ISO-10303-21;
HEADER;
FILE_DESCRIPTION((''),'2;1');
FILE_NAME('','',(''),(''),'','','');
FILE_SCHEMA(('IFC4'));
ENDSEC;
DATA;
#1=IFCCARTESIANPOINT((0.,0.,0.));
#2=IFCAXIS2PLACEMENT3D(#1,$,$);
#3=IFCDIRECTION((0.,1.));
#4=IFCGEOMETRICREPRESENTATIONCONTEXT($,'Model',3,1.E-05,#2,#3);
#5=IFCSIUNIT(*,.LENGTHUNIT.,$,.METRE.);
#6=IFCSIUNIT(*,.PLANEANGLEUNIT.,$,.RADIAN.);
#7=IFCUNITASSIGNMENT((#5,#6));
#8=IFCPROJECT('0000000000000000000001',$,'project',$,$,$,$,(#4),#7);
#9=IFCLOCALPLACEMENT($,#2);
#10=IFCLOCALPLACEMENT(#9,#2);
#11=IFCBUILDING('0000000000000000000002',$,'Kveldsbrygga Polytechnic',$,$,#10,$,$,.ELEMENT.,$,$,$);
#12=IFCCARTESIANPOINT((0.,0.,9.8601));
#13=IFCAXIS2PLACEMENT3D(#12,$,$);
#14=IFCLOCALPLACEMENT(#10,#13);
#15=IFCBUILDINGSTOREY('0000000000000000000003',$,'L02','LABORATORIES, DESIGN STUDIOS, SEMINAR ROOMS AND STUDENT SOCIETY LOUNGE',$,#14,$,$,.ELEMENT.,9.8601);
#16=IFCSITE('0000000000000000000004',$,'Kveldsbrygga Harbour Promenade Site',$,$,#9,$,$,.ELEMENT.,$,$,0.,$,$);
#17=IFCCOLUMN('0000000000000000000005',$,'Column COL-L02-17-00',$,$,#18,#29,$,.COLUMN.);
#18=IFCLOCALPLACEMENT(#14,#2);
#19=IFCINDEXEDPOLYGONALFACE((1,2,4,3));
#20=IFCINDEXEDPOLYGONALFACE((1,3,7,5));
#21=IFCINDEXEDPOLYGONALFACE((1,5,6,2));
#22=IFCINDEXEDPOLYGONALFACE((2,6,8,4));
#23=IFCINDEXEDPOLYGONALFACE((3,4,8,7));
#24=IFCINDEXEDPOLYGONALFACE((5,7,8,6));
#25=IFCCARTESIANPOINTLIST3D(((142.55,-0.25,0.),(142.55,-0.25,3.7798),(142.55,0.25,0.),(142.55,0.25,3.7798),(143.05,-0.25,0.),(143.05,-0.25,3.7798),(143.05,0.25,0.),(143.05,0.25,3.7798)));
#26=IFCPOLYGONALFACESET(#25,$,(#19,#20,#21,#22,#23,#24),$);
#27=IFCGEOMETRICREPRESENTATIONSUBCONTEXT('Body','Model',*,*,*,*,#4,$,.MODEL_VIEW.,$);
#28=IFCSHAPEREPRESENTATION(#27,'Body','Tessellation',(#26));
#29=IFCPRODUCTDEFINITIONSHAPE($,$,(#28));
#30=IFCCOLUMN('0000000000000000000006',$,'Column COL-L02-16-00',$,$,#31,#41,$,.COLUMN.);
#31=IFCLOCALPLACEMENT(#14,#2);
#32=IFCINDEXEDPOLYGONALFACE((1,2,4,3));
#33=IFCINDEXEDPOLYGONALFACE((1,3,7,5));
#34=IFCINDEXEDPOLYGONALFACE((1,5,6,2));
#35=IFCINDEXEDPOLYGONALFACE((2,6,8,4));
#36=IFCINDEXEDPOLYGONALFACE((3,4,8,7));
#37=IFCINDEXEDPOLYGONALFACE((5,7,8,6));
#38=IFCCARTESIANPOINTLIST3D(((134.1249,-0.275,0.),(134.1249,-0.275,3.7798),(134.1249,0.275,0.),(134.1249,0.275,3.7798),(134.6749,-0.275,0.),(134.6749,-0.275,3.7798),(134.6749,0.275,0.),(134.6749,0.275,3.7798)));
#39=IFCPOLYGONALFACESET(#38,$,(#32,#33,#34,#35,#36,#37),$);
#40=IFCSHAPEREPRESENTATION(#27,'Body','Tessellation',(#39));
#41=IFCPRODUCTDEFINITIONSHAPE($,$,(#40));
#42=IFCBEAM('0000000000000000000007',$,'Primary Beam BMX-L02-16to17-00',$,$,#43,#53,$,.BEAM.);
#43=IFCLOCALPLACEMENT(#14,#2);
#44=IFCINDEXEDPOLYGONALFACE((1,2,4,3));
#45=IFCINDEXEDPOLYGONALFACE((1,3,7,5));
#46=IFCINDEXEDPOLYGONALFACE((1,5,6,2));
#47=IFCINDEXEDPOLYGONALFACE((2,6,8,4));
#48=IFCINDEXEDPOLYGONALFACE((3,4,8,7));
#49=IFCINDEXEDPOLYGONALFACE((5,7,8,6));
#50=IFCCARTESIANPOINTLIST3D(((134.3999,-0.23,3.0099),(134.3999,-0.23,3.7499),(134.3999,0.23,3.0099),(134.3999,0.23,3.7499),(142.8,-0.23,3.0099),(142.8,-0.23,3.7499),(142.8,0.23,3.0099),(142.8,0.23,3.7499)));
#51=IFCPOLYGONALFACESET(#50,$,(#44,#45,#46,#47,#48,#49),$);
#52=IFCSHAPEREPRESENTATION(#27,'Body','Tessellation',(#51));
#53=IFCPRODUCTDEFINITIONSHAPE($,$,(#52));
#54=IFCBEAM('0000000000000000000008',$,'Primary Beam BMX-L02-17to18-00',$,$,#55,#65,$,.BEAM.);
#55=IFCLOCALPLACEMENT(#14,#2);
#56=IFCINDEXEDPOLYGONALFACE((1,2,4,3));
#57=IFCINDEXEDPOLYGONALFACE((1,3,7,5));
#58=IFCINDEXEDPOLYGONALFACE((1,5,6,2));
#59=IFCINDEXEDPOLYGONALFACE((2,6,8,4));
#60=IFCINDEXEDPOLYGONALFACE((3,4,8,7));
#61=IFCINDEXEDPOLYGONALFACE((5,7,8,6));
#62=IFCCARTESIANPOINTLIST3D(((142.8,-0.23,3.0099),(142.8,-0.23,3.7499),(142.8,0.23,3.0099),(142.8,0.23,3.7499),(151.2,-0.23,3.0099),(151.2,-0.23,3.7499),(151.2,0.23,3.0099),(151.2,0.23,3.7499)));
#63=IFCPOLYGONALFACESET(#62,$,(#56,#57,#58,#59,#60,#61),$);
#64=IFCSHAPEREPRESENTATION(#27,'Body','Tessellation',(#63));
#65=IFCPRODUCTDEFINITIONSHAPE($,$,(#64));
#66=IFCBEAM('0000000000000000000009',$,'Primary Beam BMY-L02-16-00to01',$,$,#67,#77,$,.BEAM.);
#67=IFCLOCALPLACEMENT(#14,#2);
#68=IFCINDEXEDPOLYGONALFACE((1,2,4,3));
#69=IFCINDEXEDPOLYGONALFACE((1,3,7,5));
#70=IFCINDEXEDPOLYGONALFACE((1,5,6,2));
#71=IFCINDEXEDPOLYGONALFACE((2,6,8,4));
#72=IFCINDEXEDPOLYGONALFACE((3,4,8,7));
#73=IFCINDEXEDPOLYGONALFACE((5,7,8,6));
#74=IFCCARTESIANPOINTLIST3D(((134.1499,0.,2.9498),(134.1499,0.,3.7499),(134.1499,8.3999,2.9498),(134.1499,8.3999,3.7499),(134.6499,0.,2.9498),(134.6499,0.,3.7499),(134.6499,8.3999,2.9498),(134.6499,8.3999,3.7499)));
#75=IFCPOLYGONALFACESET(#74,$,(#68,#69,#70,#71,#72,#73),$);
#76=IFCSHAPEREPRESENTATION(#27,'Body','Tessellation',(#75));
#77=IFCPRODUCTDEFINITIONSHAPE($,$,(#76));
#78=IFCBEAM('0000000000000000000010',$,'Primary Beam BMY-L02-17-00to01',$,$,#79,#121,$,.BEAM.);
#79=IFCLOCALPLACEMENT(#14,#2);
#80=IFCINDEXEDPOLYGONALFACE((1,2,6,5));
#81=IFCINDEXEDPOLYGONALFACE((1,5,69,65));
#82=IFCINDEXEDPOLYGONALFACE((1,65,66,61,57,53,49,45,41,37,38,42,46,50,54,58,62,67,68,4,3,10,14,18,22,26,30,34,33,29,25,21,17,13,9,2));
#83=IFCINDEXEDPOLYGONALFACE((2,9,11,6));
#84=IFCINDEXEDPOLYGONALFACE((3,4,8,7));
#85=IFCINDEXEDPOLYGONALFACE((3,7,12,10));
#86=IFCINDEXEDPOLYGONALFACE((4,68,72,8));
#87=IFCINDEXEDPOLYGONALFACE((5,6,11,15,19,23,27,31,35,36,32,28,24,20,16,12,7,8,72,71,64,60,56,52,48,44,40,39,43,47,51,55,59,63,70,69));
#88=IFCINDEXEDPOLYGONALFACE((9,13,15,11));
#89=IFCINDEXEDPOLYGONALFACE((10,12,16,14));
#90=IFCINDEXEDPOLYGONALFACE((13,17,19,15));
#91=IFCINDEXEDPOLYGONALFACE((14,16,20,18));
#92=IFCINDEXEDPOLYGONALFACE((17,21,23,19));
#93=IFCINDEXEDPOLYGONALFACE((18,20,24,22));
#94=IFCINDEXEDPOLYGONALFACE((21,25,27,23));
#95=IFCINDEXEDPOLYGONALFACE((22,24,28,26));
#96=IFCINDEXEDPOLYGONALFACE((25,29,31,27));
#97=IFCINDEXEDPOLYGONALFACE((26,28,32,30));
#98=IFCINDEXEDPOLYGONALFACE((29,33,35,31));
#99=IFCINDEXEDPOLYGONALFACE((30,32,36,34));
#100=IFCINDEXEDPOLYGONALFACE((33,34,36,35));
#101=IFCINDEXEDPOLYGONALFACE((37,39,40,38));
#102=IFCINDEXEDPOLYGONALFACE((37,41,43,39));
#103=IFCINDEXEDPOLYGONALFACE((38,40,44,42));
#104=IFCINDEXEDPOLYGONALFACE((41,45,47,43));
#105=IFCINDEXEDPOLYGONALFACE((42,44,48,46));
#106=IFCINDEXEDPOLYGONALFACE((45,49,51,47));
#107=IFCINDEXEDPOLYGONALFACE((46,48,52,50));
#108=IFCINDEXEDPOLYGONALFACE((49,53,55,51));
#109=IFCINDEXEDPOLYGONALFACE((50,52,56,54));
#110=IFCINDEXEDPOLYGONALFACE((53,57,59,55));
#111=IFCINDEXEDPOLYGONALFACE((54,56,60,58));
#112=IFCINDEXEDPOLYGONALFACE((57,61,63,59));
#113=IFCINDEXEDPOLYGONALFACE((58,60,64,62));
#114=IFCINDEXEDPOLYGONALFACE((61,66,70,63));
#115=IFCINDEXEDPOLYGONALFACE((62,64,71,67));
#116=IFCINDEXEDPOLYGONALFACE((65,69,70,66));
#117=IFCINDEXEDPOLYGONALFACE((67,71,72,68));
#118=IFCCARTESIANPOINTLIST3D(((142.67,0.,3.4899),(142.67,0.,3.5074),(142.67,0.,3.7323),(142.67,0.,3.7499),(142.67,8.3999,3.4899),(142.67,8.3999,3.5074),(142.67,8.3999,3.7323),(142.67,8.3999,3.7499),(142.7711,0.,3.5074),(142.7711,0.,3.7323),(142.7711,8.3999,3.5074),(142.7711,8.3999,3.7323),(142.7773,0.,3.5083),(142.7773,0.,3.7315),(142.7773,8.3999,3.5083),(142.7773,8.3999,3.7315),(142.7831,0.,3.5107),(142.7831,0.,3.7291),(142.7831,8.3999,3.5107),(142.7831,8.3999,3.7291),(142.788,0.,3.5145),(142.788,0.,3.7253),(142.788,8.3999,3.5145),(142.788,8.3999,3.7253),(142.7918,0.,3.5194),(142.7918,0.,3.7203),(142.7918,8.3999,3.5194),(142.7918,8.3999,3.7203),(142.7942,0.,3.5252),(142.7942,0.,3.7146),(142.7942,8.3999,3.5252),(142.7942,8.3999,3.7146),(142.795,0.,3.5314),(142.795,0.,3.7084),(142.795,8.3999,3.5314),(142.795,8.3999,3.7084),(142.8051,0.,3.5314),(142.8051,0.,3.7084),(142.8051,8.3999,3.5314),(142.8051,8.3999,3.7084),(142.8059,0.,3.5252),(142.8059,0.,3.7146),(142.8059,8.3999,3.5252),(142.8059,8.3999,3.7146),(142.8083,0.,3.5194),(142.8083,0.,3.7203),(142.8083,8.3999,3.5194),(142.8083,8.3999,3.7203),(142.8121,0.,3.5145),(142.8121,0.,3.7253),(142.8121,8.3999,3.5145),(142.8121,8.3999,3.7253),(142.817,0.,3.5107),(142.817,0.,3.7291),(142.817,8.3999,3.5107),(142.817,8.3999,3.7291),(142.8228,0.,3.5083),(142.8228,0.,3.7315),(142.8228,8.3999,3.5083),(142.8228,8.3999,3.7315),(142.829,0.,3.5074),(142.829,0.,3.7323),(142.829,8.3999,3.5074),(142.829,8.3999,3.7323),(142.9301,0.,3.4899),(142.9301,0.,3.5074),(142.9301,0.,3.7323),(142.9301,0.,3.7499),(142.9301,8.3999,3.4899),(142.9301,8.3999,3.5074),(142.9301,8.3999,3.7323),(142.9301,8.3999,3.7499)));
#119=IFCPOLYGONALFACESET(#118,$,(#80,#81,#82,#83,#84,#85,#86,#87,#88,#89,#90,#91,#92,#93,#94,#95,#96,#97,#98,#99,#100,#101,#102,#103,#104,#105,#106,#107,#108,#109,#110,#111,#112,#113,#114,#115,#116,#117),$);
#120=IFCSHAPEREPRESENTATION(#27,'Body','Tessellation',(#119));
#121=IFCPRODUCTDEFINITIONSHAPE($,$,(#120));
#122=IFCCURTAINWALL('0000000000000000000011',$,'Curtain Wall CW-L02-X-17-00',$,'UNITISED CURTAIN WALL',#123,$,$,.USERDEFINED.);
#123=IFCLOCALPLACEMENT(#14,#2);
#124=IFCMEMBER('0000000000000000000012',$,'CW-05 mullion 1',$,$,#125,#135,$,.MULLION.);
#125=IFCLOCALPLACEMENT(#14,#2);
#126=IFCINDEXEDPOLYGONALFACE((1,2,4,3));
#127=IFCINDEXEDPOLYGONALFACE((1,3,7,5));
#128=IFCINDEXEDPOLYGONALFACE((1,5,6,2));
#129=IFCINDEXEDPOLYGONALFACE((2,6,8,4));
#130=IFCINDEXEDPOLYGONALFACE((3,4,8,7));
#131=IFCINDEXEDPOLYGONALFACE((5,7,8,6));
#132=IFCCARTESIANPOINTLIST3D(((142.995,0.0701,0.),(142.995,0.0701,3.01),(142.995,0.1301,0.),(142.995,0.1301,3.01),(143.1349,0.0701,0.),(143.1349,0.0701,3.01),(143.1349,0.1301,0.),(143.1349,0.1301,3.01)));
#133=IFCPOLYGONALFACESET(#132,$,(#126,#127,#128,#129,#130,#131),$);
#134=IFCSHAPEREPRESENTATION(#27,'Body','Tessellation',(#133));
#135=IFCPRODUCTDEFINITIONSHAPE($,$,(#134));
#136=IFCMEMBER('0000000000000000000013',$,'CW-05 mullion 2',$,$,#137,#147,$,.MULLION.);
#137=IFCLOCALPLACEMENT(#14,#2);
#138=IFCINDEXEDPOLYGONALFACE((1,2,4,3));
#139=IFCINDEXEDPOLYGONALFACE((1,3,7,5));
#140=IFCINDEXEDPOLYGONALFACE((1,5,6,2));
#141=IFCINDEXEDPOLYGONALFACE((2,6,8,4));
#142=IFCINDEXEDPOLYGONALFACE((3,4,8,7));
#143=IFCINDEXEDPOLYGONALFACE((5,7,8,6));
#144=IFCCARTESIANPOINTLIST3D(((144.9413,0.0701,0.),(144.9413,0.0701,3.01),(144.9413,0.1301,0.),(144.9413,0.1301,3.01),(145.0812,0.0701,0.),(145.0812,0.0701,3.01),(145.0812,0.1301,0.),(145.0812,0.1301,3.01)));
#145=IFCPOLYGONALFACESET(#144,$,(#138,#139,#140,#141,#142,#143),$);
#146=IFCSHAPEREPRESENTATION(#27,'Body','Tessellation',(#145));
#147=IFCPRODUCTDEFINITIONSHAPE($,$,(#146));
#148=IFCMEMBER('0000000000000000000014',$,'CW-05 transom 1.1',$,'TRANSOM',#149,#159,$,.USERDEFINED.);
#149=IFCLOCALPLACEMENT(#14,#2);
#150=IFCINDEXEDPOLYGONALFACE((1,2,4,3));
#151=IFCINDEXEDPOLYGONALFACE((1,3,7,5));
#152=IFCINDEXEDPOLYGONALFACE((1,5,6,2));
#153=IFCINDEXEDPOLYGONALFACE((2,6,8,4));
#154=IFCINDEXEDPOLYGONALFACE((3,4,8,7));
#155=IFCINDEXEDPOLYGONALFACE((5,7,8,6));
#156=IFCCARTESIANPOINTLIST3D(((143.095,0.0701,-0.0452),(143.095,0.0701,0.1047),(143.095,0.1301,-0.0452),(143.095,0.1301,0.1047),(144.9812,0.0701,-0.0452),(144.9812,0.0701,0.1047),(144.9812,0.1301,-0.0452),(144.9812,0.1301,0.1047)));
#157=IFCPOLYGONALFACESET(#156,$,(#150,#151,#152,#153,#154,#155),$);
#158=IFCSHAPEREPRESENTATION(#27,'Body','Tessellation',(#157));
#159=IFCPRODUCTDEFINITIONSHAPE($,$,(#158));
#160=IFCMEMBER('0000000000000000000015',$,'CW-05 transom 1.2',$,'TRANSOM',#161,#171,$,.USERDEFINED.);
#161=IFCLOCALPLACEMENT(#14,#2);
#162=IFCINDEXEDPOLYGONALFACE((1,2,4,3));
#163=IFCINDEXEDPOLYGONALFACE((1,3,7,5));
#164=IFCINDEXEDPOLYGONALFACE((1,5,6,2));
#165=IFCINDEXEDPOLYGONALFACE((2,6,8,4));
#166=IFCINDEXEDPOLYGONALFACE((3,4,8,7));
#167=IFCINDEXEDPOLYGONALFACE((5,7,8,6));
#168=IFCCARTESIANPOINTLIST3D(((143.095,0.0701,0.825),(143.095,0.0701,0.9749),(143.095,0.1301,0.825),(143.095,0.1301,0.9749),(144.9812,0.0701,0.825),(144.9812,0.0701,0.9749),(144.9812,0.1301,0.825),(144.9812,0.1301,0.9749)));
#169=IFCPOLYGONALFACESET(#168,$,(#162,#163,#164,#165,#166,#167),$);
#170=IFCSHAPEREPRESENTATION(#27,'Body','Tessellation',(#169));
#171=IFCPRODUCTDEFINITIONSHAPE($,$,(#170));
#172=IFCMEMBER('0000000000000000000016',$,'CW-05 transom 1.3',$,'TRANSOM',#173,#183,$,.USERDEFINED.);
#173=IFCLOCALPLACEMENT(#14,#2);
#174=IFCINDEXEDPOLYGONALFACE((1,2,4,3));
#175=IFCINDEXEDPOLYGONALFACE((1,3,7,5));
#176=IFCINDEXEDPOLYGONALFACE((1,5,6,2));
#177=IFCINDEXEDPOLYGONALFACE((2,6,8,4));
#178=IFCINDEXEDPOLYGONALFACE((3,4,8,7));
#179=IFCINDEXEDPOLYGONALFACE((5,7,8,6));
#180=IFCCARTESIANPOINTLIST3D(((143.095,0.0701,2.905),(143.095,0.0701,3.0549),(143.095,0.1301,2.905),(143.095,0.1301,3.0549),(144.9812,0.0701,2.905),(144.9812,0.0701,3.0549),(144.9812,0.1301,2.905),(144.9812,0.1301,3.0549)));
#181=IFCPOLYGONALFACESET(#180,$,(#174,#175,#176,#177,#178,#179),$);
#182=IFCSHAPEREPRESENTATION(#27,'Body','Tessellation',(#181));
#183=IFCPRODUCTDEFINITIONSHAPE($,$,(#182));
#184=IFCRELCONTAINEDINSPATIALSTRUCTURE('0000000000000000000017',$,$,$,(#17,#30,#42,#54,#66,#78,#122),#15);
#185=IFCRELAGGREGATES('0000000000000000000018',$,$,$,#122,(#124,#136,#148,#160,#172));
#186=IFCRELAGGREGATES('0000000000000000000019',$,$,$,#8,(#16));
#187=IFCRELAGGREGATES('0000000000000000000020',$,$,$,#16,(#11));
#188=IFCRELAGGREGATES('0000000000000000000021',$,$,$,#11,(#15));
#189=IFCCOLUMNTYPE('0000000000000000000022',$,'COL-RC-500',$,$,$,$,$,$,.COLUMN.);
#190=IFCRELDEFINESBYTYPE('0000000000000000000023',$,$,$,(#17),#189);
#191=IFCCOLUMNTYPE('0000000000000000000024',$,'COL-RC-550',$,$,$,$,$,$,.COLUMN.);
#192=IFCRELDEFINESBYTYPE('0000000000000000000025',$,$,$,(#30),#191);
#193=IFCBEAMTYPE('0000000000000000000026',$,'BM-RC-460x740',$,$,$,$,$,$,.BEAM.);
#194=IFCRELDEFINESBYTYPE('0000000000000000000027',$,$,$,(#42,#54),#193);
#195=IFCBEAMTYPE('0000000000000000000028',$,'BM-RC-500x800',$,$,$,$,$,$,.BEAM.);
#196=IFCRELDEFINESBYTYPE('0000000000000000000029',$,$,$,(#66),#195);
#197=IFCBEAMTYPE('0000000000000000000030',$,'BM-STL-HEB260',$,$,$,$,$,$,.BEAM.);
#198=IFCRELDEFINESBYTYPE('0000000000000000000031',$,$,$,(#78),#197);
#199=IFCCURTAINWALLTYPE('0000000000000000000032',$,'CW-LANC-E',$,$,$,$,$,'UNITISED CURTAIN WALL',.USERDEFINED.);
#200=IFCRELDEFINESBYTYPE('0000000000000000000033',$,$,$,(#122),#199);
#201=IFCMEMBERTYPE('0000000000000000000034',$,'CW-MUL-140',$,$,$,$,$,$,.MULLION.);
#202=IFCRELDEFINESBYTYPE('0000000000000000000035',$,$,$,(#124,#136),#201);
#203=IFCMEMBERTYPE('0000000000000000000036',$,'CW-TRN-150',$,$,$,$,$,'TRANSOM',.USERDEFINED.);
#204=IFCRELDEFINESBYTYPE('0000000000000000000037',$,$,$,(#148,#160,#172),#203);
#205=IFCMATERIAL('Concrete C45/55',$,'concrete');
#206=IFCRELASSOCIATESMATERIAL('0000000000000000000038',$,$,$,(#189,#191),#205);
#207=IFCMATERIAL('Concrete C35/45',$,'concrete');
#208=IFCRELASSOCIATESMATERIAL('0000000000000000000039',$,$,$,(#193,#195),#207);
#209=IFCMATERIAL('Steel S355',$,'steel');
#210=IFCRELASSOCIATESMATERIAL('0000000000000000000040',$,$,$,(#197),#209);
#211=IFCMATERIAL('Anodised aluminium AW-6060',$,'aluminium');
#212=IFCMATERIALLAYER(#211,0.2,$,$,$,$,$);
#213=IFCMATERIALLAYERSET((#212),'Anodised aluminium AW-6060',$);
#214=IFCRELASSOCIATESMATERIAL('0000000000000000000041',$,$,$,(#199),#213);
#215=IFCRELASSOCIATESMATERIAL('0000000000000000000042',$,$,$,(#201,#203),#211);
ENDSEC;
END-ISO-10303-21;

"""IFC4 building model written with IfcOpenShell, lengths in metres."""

from ifc_helpers import new_model, si_unit, direction, frame, origin, origin_2d, place, context, subcontext, project, spatial, rectangle, i_section, extrude, material, layer, layer_set, material_profile, profile_set, type_object, element, aggregate, save


model = new_model("IFC4")

# Units and contexts
model_context = context("Model", 3, precision=1e-05, world=origin(), true_north=direction((0.0, 1.0)))
body_context = subcontext(model_context, "Body", "Model", "MODEL_VIEW")
ifc_project = project(units=[si_unit("LENGTHUNIT", "METRE"), si_unit("PLANEANGLEUNIT", "RADIAN")], contexts=[model_context])

# Site, building, storey
site_placement = place(None, origin())
site = spatial("IfcSite", under=ifc_project, at=site_placement, Name="Kveldsbrygga Harbour Promenade Site", CompositionType="ELEMENT", RefElevation=0.0)
building_placement = place(site_placement, origin())
building = spatial("IfcBuilding", under=site, at=building_placement, Name="Kveldsbrygga Polytechnic", CompositionType="ELEMENT")
storey_placement = place(building_placement, frame((0.0, 0.0, 9.8601)))
storey = spatial("IfcBuildingStorey", under=building, at=storey_placement, Name="L02", Description="LABORATORIES, DESIGN STUDIOS, SEMINAR ROOMS AND STUDENT SOCIETY LOUNGE", CompositionType="ELEMENT", Elevation=9.8601)

# Columns
ifc_material_1 = material(Name="Concrete C45/55", Category="concrete")
ifc_material_profile_1 = material_profile(ifc_material_1, rectangle(XDim=0.5, YDim=0.5, at=origin_2d()), Name="RC 500x500")
ifc_profile_set_1 = profile_set([ifc_material_profile_1], Name="Concrete C45/55")
column_type_1 = type_object("IfcColumnType", Name="COL-RC-500", PredefinedType="COLUMN", material=ifc_profile_set_1)
column_1_placement = place(storey_placement, frame((142.8, 0.0, 0.0), z_axis=(0.0, 0.0, 1.0), x_axis=(1.0, 0.0, 0.0)))
element("IfcColumn", 1, at=column_1_placement, inside=storey, type_object=column_type_1, Name="Column COL-L02-17-00", PredefinedType="COLUMN", context=body_context, shape_type="SweptSolid", body=[
    extrude(rectangle(XDim=0.5, YDim=0.5, at=origin_2d()), origin(), (0.0, 0.0, 1.0), 3.7798),
])
ifc_material_profile_2 = material_profile(ifc_material_1, rectangle(XDim=0.55, YDim=0.55, at=origin_2d()), Name="RC 550x550")
ifc_profile_set_2 = profile_set([ifc_material_profile_2], Name="Concrete C45/55")
column_type_2 = type_object("IfcColumnType", Name="COL-RC-550", PredefinedType="COLUMN", material=ifc_profile_set_2)
column_2_placement = place(storey_placement, frame((134.3999, 0.0, 0.0), z_axis=(0.0, 0.0, 1.0), x_axis=(1.0, 0.0, 0.0)))
element("IfcColumn", 2, at=column_2_placement, inside=storey, type_object=column_type_2, Name="Column COL-L02-16-00", PredefinedType="COLUMN", context=body_context, shape_type="SweptSolid", body=[
    extrude(rectangle(XDim=0.55, YDim=0.55, at=origin_2d()), origin(), (0.0, 0.0, 1.0), 3.7798),
])

# Beams
ifc_material_2 = material(Name="Concrete C35/45", Category="concrete")
ifc_material_profile_3 = material_profile(ifc_material_2, rectangle(XDim=0.46, YDim=0.74, at=origin_2d()), Name="RC 460x740")
ifc_profile_set_3 = profile_set([ifc_material_profile_3], Name="Concrete C35/45")
beam_type_1 = type_object("IfcBeamType", Name="BM-RC-460x740", PredefinedType="BEAM", material=ifc_profile_set_3)
beam_1_placement = place(storey_placement, frame((134.3999, 0.0, 3.3799), z_axis=(1.0, 0.0, 0.0), x_axis=(0.0, 1.0, 0.0)))
element("IfcBeam", 3, at=beam_1_placement, inside=storey, type_object=beam_type_1, Name="Primary Beam BMX-L02-16to17-00", PredefinedType="BEAM", context=body_context, shape_type="SweptSolid", body=[
    extrude(rectangle(XDim=0.46, YDim=0.74, at=origin_2d()), origin(), (0.0, 0.0, 1.0), 8.4001),
])
beam_2_placement = place(storey_placement, frame((142.8, 0.0, 3.3799), z_axis=(1.0, 0.0, 0.0), x_axis=(0.0, 1.0, 0.0)))
element("IfcBeam", 4, at=beam_2_placement, inside=storey, type_object=beam_type_1, Name="Primary Beam BMX-L02-17to18-00", PredefinedType="BEAM", context=body_context, shape_type="SweptSolid", body=[
    extrude(rectangle(XDim=0.46, YDim=0.74, at=origin_2d()), origin(), (0.0, 0.0, 1.0), 8.3999),
])
ifc_material_profile_4 = material_profile(ifc_material_2, rectangle(XDim=0.5, YDim=0.8, at=origin_2d()), Name="RC 500x800")
ifc_profile_set_4 = profile_set([ifc_material_profile_4], Name="Concrete C35/45")
beam_type_2 = type_object("IfcBeamType", Name="BM-RC-500x800", PredefinedType="BEAM", material=ifc_profile_set_4)
beam_3_placement = place(storey_placement, frame((134.3999, 0.0, 3.3499), z_axis=(0.0, 1.0, 0.0), x_axis=(-1.0, 0.0, 0.0)))
element("IfcBeam", 5, at=beam_3_placement, inside=storey, type_object=beam_type_2, Name="Primary Beam BMY-L02-16-00to01", PredefinedType="BEAM", context=body_context, shape_type="SweptSolid", body=[
    extrude(rectangle(XDim=0.5, YDim=0.8, at=origin_2d()), origin(), (0.0, 0.0, 1.0), 8.3999),
])
ifc_material_3 = material(Name="Steel S355", Category="steel")
ifc_material_profile_5 = material_profile(ifc_material_3, i_section(OverallWidth=0.26, OverallDepth=0.26, WebThickness=0.01, FlangeThickness=0.0176, FilletRadius=0.0239, at=origin_2d()), Name="HEB 260")
ifc_profile_set_5 = profile_set([ifc_material_profile_5], Name="Steel S355")
beam_type_3 = type_object("IfcBeamType", Name="BM-STL-HEB260", PredefinedType="BEAM", material=ifc_profile_set_5)
beam_4_placement = place(storey_placement, frame((142.8, 0.0, 3.6199), z_axis=(0.0, 1.0, 0.0), x_axis=(-1.0, 0.0, 0.0)))
element("IfcBeam", 6, at=beam_4_placement, inside=storey, type_object=beam_type_3, Name="Primary Beam BMY-L02-17-00to01", PredefinedType="BEAM", context=body_context, shape_type="SweptSolid", body=[
    extrude(i_section(OverallWidth=0.26, OverallDepth=0.26, WebThickness=0.01, FlangeThickness=0.0176, FilletRadius=0.0239, at=origin_2d()), origin(), (0.0, 0.0, 1.0), 8.3999),
])

# Curtain wall, members
ifc_material_4 = material(Name="Anodised aluminium AW-6060", Category="aluminium")
ifc_layer_1 = layer(ifc_material_4, 0.2)
ifc_layer_set_1 = layer_set([ifc_layer_1], Name="Anodised aluminium AW-6060")
curtain_wall_type = type_object("IfcCurtainWallType", Name="CW-LANC-E", ElementType="UNITISED CURTAIN WALL", PredefinedType="USERDEFINED", material=ifc_layer_set_1)
curtain_wall_placement = place(storey_placement, origin())
curtain_wall = element("IfcCurtainWall", 7, at=curtain_wall_placement, inside=storey, type_object=curtain_wall_type, Name="Curtain Wall CW-L02-X-17-00", ObjectType="UNITISED CURTAIN WALL", PredefinedType="USERDEFINED")
ifc_material_profile_6 = material_profile(ifc_material_4, rectangle(XDim=0.0601, YDim=0.1399, at=origin_2d()), Name="ALU 60x140")
ifc_profile_set_6 = profile_set([ifc_material_profile_6], Name="Anodised aluminium AW-6060")
member_type_1 = type_object("IfcMemberType", Name="CW-MUL-140", PredefinedType="MULLION", material=ifc_profile_set_6)
member_1_placement = place(storey_placement, frame((143.0649, 0.1001, 0.0), z_axis=(0.0, 0.0, 1.0), x_axis=(0.0, 1.0, 0.0)))
member_1 = element("IfcMember", 8, at=member_1_placement, type_object=member_type_1, Name="CW-05 mullion 1", PredefinedType="MULLION", context=body_context, shape_type="SweptSolid", body=[
    extrude(rectangle(XDim=0.0601, YDim=0.1399, at=origin_2d()), origin(), (0.0, 0.0, 1.0), 3.01),
])
member_2_placement = place(storey_placement, frame((145.0112, 0.1001, 0.0), z_axis=(0.0, 0.0, 1.0), x_axis=(0.0, 1.0, 0.0)))
member_2 = element("IfcMember", 9, at=member_2_placement, type_object=member_type_1, Name="CW-05 mullion 2", PredefinedType="MULLION", context=body_context, shape_type="SweptSolid", body=[
    extrude(rectangle(XDim=0.0601, YDim=0.1399, at=origin_2d()), origin(), (0.0, 0.0, 1.0), 3.01),
])
ifc_material_profile_7 = material_profile(ifc_material_4, rectangle(XDim=0.0601, YDim=0.1499, at=origin_2d()), Name="ALU 60x150")
ifc_profile_set_7 = profile_set([ifc_material_profile_7], Name="Anodised aluminium AW-6060")
member_type_2 = type_object("IfcMemberType", Name="CW-TRN-150", ElementType="TRANSOM", PredefinedType="USERDEFINED", material=ifc_profile_set_7)
member_3_placement = place(storey_placement, frame((143.095, 0.1001, 0.0298), z_axis=(1.0, 0.0, 0.0), x_axis=(0.0, 1.0, 0.0)))
member_3 = element("IfcMember", 10, at=member_3_placement, type_object=member_type_2, Name="CW-05 transom 1.1", ObjectType="TRANSOM", PredefinedType="USERDEFINED", context=body_context, shape_type="SweptSolid", body=[
    extrude(rectangle(XDim=0.0601, YDim=0.1499, at=origin_2d()), origin(), (0.0, 0.0, 1.0), 1.8862),
])
member_4_placement = place(storey_placement, frame((143.095, 0.1001, 0.8999), z_axis=(1.0, 0.0, 0.0), x_axis=(0.0, 1.0, 0.0)))
member_4 = element("IfcMember", 11, at=member_4_placement, type_object=member_type_2, Name="CW-05 transom 1.2", ObjectType="TRANSOM", PredefinedType="USERDEFINED", context=body_context, shape_type="SweptSolid", body=[
    extrude(rectangle(XDim=0.0601, YDim=0.1499, at=origin_2d()), origin(), (0.0, 0.0, 1.0), 1.8862),
])
member_5_placement = place(storey_placement, frame((143.095, 0.1001, 2.98), z_axis=(1.0, 0.0, 0.0), x_axis=(0.0, 1.0, 0.0)))
member_5 = element("IfcMember", 12, at=member_5_placement, type_object=member_type_2, Name="CW-05 transom 1.3", ObjectType="TRANSOM", PredefinedType="USERDEFINED", context=body_context, shape_type="SweptSolid", body=[
    extrude(rectangle(XDim=0.0601, YDim=0.1499, at=origin_2d()), origin(), (0.0, 0.0, 1.0), 1.8862),
])

aggregate(curtain_wall, [member_1, member_2, member_3, member_4, member_5])

save(model, "model.ifc")
